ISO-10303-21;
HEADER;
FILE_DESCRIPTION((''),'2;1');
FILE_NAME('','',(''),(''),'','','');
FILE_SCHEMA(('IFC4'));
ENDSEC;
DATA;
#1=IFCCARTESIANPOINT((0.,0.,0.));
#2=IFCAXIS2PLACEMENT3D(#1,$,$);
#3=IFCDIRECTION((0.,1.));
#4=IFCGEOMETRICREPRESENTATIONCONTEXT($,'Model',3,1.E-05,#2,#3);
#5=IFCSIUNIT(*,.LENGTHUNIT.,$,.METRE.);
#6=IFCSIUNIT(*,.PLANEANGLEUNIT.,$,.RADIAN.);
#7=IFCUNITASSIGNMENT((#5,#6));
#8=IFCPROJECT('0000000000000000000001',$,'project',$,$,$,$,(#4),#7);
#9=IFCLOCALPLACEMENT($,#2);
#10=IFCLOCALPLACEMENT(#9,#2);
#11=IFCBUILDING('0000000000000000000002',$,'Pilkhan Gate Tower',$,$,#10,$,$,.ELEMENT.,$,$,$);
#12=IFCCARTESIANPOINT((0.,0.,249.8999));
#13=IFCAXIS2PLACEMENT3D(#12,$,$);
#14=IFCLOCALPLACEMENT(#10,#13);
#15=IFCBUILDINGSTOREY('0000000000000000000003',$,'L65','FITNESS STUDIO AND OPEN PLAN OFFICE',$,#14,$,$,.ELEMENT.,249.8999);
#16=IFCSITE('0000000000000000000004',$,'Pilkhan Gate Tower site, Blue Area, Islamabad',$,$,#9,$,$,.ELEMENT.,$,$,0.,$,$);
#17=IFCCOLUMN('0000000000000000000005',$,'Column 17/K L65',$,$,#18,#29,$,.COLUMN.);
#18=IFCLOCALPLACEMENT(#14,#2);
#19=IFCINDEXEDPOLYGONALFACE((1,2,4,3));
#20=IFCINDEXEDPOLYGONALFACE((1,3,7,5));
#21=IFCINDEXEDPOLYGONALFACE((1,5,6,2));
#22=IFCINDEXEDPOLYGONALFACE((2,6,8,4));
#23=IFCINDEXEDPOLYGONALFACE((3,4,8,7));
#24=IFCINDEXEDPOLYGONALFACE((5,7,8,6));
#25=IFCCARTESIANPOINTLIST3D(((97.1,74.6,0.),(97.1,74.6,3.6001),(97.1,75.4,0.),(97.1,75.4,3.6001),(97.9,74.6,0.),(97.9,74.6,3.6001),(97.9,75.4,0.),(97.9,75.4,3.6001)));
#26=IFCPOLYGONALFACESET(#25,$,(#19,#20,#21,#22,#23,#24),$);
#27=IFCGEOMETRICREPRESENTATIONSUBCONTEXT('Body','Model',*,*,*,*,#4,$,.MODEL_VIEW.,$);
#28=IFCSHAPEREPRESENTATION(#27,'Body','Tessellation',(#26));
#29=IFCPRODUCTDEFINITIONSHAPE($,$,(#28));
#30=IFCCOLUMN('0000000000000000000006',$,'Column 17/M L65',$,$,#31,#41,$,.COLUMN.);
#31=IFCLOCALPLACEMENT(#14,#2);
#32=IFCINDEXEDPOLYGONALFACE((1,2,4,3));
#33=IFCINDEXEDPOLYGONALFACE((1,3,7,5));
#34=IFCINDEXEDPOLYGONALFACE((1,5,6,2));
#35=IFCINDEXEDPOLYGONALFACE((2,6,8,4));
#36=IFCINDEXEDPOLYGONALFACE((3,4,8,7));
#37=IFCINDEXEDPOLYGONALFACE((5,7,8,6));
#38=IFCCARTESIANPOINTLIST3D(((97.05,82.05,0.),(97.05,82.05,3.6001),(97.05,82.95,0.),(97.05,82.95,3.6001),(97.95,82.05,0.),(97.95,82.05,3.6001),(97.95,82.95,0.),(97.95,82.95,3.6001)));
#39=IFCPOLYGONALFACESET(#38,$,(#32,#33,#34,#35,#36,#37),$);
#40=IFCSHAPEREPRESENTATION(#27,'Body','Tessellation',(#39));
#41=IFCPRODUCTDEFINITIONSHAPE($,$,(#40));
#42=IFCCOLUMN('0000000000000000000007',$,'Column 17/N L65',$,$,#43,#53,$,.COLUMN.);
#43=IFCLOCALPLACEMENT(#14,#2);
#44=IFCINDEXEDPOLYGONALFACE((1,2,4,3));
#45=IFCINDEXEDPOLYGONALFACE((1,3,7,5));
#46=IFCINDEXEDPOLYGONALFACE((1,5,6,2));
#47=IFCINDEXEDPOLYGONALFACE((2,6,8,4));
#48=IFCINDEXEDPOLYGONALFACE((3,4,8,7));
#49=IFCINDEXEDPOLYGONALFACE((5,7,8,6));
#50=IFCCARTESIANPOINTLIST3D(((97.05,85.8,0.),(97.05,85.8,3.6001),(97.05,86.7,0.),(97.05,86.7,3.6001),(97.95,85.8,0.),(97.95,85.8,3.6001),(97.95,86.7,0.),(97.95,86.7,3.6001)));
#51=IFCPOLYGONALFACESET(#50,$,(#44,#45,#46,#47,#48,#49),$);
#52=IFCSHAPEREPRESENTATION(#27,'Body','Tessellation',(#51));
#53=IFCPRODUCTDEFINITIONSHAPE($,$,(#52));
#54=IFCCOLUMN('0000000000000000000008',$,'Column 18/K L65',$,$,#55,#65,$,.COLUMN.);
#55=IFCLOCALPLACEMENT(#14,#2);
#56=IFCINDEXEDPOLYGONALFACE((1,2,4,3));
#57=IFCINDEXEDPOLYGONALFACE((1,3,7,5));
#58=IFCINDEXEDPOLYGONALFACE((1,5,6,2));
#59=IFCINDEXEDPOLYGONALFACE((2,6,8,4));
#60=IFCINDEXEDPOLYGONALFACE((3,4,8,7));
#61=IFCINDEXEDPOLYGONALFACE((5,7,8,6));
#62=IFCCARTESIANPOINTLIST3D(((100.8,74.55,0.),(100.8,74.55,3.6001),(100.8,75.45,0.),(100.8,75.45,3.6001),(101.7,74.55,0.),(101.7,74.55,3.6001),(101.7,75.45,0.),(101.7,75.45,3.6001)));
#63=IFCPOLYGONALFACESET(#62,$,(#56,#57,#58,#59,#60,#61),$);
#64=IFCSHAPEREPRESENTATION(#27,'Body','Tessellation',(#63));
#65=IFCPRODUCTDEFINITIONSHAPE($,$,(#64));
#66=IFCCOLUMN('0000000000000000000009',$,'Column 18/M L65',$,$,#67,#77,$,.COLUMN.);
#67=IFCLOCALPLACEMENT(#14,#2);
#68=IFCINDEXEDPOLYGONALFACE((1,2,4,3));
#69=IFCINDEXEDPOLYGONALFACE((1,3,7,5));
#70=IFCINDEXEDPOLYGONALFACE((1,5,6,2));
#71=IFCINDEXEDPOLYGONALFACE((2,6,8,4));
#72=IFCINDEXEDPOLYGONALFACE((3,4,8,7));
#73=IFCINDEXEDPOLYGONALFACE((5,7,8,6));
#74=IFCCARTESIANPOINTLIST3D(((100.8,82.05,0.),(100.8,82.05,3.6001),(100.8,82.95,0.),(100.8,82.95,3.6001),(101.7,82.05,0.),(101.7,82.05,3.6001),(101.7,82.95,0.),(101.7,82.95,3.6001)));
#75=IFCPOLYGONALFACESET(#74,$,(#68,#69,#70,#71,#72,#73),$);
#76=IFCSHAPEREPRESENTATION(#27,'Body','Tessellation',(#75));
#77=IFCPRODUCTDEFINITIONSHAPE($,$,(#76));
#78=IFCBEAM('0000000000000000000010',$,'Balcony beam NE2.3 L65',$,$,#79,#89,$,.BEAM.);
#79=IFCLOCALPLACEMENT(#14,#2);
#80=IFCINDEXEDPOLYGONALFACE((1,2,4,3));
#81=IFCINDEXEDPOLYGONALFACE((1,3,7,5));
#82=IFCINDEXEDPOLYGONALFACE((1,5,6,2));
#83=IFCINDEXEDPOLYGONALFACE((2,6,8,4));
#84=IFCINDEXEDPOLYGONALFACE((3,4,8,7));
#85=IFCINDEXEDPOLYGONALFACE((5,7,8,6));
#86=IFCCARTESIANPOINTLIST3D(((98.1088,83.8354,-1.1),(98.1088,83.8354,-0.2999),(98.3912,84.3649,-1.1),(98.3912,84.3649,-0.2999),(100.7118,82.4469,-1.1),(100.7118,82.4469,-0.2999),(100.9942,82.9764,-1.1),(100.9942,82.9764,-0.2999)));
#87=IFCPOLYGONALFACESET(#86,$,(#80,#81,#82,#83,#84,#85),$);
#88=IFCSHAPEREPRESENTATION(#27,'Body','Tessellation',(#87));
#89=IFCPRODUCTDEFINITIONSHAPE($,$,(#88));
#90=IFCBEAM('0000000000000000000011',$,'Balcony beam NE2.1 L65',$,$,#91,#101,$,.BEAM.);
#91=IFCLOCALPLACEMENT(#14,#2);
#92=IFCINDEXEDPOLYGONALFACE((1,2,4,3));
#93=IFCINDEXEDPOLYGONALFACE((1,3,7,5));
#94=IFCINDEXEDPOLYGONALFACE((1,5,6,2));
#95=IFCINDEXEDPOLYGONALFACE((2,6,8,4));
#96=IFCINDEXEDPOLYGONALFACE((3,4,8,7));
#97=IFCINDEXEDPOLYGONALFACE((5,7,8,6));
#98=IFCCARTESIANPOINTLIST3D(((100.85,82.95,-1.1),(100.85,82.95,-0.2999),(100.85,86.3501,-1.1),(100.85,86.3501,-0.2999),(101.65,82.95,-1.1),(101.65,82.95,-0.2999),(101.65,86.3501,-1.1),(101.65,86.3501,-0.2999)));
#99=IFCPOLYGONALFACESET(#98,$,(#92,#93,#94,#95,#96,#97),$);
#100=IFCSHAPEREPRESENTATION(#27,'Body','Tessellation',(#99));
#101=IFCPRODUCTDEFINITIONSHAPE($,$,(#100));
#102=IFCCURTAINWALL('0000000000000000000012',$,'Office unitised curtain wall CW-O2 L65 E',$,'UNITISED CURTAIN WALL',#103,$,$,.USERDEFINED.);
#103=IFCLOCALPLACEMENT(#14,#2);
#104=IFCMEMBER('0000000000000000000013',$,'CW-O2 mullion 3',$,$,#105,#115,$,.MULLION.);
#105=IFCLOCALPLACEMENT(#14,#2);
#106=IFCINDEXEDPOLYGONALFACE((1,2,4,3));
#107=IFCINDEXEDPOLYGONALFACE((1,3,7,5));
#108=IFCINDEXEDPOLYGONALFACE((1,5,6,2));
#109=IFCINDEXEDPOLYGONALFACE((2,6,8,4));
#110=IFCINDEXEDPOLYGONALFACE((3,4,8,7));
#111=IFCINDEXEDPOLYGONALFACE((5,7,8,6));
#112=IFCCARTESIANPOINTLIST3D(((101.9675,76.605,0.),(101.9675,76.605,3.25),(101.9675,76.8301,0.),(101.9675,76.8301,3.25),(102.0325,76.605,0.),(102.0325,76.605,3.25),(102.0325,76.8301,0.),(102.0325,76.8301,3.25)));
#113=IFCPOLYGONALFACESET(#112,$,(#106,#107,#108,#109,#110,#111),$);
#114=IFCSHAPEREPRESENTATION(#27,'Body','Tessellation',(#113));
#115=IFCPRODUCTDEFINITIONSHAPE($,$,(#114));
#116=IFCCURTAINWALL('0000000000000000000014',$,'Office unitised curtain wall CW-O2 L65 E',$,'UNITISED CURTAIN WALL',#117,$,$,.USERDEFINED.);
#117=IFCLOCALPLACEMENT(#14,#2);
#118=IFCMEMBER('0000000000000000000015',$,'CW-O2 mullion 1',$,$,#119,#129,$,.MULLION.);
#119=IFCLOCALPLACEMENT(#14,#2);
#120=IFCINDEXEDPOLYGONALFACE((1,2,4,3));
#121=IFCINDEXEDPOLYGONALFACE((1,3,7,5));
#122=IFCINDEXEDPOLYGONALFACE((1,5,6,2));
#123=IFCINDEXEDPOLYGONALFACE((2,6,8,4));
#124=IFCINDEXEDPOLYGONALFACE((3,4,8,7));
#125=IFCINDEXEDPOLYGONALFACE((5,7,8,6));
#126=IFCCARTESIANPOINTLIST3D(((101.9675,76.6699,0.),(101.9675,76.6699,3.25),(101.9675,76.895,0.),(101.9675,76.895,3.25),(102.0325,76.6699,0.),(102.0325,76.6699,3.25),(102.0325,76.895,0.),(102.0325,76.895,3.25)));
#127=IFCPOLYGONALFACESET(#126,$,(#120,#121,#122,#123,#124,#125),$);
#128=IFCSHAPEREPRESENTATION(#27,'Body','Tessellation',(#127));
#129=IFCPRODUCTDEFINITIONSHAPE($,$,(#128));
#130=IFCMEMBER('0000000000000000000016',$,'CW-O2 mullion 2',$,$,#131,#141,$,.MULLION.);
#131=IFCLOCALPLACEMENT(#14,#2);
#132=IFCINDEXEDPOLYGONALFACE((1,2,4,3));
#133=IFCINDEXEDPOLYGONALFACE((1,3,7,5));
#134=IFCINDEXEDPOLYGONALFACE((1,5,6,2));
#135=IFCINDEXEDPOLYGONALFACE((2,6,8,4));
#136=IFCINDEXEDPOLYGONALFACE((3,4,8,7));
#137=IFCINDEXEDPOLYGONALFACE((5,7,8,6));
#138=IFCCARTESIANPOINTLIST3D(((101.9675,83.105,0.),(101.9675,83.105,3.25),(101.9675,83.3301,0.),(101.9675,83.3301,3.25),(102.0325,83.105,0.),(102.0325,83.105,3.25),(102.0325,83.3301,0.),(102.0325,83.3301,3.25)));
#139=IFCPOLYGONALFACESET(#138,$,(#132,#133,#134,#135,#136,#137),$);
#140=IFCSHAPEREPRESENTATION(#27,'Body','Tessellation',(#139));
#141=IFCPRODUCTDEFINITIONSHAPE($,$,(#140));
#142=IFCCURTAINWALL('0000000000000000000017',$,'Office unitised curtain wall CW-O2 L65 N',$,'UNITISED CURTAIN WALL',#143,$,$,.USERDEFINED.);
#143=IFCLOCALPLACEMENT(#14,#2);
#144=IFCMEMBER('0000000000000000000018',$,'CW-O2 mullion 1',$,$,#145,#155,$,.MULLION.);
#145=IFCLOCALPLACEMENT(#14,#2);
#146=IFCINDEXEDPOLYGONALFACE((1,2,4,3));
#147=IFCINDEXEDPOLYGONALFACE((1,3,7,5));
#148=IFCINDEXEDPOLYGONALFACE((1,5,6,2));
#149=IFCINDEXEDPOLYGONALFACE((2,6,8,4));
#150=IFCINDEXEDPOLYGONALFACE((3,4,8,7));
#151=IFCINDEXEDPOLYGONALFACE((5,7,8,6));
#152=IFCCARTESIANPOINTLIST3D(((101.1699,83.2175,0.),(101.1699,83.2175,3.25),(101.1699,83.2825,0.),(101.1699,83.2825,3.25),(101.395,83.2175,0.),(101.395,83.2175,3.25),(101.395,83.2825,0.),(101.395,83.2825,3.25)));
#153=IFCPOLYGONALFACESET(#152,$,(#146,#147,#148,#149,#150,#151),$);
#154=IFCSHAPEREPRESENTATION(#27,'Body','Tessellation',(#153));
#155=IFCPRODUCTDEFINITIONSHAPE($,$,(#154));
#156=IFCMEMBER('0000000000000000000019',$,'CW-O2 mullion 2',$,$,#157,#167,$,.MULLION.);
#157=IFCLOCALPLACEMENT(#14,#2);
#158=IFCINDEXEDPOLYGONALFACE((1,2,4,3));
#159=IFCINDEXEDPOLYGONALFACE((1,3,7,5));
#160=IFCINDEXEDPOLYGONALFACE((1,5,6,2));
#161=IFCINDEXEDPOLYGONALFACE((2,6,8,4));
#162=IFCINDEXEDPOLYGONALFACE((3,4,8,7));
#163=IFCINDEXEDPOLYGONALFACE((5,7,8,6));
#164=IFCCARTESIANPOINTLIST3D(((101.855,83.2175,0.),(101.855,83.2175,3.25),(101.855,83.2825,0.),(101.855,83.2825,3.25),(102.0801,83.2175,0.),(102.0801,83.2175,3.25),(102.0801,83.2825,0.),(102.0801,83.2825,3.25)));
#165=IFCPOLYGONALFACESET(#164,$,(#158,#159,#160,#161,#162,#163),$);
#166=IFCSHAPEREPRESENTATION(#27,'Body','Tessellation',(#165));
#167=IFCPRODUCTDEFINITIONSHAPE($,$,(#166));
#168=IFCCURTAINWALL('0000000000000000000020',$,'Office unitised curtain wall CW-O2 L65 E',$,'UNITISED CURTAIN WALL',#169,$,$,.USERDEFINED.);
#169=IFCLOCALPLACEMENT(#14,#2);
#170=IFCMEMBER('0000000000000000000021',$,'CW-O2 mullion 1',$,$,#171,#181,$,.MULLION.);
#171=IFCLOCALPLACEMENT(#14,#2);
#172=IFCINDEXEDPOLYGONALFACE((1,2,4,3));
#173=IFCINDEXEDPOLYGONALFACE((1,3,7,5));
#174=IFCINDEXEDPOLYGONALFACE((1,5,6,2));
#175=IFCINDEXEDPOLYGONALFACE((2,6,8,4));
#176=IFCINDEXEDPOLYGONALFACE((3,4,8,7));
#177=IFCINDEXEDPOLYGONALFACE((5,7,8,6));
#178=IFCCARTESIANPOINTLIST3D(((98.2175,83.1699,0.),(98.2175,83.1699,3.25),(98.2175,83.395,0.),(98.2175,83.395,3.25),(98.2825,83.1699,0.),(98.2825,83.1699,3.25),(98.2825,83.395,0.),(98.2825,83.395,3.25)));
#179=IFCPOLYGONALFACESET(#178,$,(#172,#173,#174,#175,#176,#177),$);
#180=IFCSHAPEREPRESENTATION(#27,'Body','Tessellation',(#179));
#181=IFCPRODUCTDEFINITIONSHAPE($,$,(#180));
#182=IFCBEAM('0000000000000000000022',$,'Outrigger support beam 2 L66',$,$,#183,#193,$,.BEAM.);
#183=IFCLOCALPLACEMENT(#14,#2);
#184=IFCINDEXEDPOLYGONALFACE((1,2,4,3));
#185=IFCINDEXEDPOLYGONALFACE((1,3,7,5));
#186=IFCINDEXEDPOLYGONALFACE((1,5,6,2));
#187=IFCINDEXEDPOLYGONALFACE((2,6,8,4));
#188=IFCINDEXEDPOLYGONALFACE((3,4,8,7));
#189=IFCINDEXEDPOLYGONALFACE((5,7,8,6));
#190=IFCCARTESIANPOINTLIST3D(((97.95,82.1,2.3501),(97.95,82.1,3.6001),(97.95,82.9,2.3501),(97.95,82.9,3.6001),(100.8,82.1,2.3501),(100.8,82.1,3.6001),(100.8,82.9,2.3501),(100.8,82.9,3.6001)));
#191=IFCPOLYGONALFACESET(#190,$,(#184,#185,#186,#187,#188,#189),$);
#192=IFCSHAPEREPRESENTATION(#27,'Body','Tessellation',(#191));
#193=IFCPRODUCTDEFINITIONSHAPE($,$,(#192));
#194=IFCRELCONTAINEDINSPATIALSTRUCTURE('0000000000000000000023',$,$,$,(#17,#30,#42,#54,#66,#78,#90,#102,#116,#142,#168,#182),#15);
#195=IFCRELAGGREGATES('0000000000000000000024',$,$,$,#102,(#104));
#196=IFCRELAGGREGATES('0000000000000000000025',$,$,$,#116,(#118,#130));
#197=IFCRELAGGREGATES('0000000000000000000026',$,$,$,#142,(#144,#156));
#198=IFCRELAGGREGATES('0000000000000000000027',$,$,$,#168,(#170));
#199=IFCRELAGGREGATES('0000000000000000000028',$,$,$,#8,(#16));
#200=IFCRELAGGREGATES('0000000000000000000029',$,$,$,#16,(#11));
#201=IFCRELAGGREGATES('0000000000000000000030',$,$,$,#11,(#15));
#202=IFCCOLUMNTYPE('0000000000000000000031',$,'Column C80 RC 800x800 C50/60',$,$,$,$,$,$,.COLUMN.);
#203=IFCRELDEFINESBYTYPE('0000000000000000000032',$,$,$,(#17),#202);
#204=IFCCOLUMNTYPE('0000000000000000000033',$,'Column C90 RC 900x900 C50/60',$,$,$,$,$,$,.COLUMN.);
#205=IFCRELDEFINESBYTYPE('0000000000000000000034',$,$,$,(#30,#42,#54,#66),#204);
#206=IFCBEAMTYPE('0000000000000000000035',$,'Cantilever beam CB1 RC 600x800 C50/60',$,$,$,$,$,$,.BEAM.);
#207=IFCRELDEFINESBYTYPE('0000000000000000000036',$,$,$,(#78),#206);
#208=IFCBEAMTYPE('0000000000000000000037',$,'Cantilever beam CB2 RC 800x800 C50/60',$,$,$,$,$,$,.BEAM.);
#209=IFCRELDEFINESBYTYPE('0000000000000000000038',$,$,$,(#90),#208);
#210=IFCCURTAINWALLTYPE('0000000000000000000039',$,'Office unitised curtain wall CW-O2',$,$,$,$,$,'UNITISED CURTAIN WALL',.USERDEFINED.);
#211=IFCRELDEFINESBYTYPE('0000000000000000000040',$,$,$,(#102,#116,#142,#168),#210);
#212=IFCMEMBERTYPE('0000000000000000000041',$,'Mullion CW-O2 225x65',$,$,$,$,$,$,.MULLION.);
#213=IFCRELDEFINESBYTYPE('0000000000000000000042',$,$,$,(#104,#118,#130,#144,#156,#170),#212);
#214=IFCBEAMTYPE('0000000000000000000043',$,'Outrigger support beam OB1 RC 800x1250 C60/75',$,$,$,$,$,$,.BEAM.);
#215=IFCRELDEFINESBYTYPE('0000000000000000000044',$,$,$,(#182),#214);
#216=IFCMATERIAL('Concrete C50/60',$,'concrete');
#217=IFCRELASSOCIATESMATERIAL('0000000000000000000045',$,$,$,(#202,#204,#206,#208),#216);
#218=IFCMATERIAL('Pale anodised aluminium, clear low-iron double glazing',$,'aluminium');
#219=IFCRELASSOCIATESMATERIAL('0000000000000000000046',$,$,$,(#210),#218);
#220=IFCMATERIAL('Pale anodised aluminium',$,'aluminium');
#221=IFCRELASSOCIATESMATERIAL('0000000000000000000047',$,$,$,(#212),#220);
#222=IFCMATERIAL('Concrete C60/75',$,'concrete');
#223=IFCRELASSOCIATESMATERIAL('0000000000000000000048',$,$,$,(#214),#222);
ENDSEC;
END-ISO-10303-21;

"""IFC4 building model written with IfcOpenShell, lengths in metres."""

from ifc_helpers import new_model, si_unit, direction, frame, origin, origin_2d, place, context, subcontext, project, spatial, rectangle, extrude, material, material_profile, profile_set, type_object, element, aggregate, save


model = new_model("IFC4")

# Units and contexts
model_context = context("Model", 3, precision=1e-05, world=origin(), true_north=direction((0.0, 1.0)))
body_context = subcontext(model_context, "Body", "Model", "MODEL_VIEW")
ifc_project = project(units=[si_unit("LENGTHUNIT", "METRE"), si_unit("PLANEANGLEUNIT", "RADIAN")], contexts=[model_context])

# Site, building, storey
site_placement = place(None, origin())
site = spatial("IfcSite", under=ifc_project, at=site_placement, Name="Pilkhan Gate Tower site, Blue Area, Islamabad", CompositionType="ELEMENT", RefElevation=0.0)
building_placement = place(site_placement, origin())
building = spatial("IfcBuilding", under=site, at=building_placement, Name="Pilkhan Gate Tower", CompositionType="ELEMENT")
storey_placement = place(building_placement, frame((0.0, 0.0, 249.8999)))
storey = spatial("IfcBuildingStorey", under=building, at=storey_placement, Name="L65", Description="FITNESS STUDIO AND OPEN PLAN OFFICE", CompositionType="ELEMENT", Elevation=249.8999)

# Columns
ifc_material_1 = material(Name="Concrete C50/60", Category="concrete")
ifc_material_profile_1 = material_profile(ifc_material_1, rectangle(XDim=0.8, YDim=0.8, at=origin_2d()), Name="RC 800x800")
ifc_profile_set_1 = profile_set([ifc_material_profile_1], Name="Concrete C50/60")
column_type_1 = type_object("IfcColumnType", Name="Column C80 RC 800x800 C50/60", PredefinedType="COLUMN", material=ifc_profile_set_1)
column_placement = place(storey_placement, frame((97.5, 75.0, 0.0), z_axis=(0.0, 0.0, 1.0), x_axis=(1.0, 0.0, 0.0)))
element("IfcColumn", 1, at=column_placement, inside=storey, type_object=column_type_1, Name="Column 17/K L65", PredefinedType="COLUMN", context=body_context, shape_type="SweptSolid", body=[
    extrude(rectangle(XDim=0.8, YDim=0.8, at=origin_2d()), origin(), (0.0, 0.0, 1.0), 3.6001),
])
ifc_material_profile_2 = material_profile(ifc_material_1, rectangle(XDim=0.8999, YDim=0.8999, at=origin_2d()), Name="RC 900x900")
ifc_profile_set_2 = profile_set([ifc_material_profile_2], Name="Concrete C50/60")
column_type_2 = type_object("IfcColumnType", Name="Column C90 RC 900x900 C50/60", PredefinedType="COLUMN", material=ifc_profile_set_2)
for number, where, z_axis, x_axis, name in (
    (2, (97.5, 82.5, 0.0), (0.0, 0.0, 1.0), (1.0, 0.0, 0.0), "Column 17/M L65"),
    (3, (97.5, 86.25, 0.0), (0.0, 0.0, 1.0), (1.0, 0.0, 0.0), "Column 17/N L65"),
    (4, (101.25, 75.0, 0.0), (0.0, 0.0, 1.0), (1.0, 0.0, 0.0), "Column 18/K L65"),
    (5, (101.25, 82.5, 0.0), (0.0, 0.0, 1.0), (1.0, 0.0, 0.0), "Column 18/M L65"),
):
    element("IfcColumn", number, at=place(storey_placement, frame(where, z_axis=z_axis, x_axis=x_axis)), inside=storey, type_object=column_type_2, Name=name, PredefinedType="COLUMN", context=body_context, shape_type="SweptSolid", body=[
        extrude(rectangle(XDim=0.8999, YDim=0.8999, at=origin_2d()), origin(), (0.0, 0.0, 1.0), 3.6001),
    ])

# Beams
ifc_material_profile_3 = material_profile(ifc_material_1, rectangle(XDim=0.6001, YDim=0.8, at=origin_2d()), Name="RC 600x800")
ifc_profile_set_3 = profile_set([ifc_material_profile_3], Name="Concrete C50/60")
beam_type_1 = type_object("IfcBeamType", Name="Cantilever beam CB1 RC 600x800 C50/60", PredefinedType="BEAM", material=ifc_profile_set_3)
beam_1_placement = place(storey_placement, frame((100.853, 82.7117, -0.7), z_axis=(-0.882332, 0.470627, 0.0), x_axis=(-0.470627, -0.882332, 0.0)))
element("IfcBeam", 6, at=beam_1_placement, inside=storey, type_object=beam_type_1, Name="Balcony beam NE2.3 L65", PredefinedType="BEAM", context=body_context, shape_type="SweptSolid", body=[
    extrude(rectangle(XDim=0.6001, YDim=0.8, at=origin_2d()), origin(), (0.0, 0.0, 1.0), 2.9502),
])
ifc_material_profile_4 = material_profile(ifc_material_1, rectangle(XDim=0.8, YDim=0.8, at=origin_2d()), Name="RC 800x800")
ifc_profile_set_4 = profile_set([ifc_material_profile_4], Name="Concrete C50/60")
beam_type_2 = type_object("IfcBeamType", Name="Cantilever beam CB2 RC 800x800 C50/60", PredefinedType="BEAM", material=ifc_profile_set_4)
beam_2_placement = place(storey_placement, frame((101.25, 82.95, -0.7), z_axis=(0.0, 1.0, 0.0), x_axis=(-1.0, 0.0, 0.0)))
element("IfcBeam", 7, at=beam_2_placement, inside=storey, type_object=beam_type_2, Name="Balcony beam NE2.1 L65", PredefinedType="BEAM", context=body_context, shape_type="SweptSolid", body=[
    extrude(rectangle(XDim=0.8, YDim=0.8, at=origin_2d()), origin(), (0.0, 0.0, 1.0), 3.4001),
])

# Curtain wall, member
ifc_material_2 = material(Name="Pale anodised aluminium, clear low-iron double glazing", Category="aluminium")
curtain_wall_type = type_object("IfcCurtainWallType", Name="Office unitised curtain wall CW-O2", ElementType="UNITISED CURTAIN WALL", PredefinedType="USERDEFINED", material=ifc_material_2)
curtain_wall_1_placement = place(storey_placement, origin())
curtain_wall_1 = element("IfcCurtainWall", 8, at=curtain_wall_1_placement, inside=storey, type_object=curtain_wall_type, Name="Office unitised curtain wall CW-O2 L65 E", ObjectType="UNITISED CURTAIN WALL", PredefinedType="USERDEFINED")
ifc_material_3 = material(Name="Pale anodised aluminium", Category="aluminium")
ifc_material_profile_5 = material_profile(ifc_material_3, rectangle(XDim=0.0649, YDim=0.2251, at=origin_2d()), Name="Mullion 225x65")
ifc_profile_set_5 = profile_set([ifc_material_profile_5], Name="Pale anodised aluminium")
member_type_1 = type_object("IfcMemberType", Name="Mullion CW-O2 225x65", PredefinedType="MULLION", material=ifc_profile_set_5)
member_1_placement = place(storey_placement, frame((102.0, 76.7175, 0.0), z_axis=(0.0, 0.0, 1.0), x_axis=(-1.0, 0.0, 0.0)))
member_1 = element("IfcMember", 9, at=member_1_placement, type_object=member_type_1, Name="CW-O2 mullion 3", PredefinedType="MULLION", context=body_context, shape_type="SweptSolid", body=[
    extrude(rectangle(XDim=0.0649, YDim=0.2251, at=origin_2d()), origin(), (0.0, 0.0, 1.0), 3.25),
])
aggregate(curtain_wall_1, [member_1])

# Curtain walls, members
curtain_wall_2_placement = place(storey_placement, origin())
curtain_wall_2 = element("IfcCurtainWall", 10, at=curtain_wall_2_placement, inside=storey, type_object=curtain_wall_type, Name="Office unitised curtain wall CW-O2 L65 E", ObjectType="UNITISED CURTAIN WALL", PredefinedType="USERDEFINED")
member_2_placement = place(storey_placement, frame((102.0, 76.7825, 0.0), z_axis=(0.0, 0.0, 1.0), x_axis=(-1.0, 0.0, 0.0)))
member_2 = element("IfcMember", 11, at=member_2_placement, type_object=member_type_1, Name="CW-O2 mullion 1", PredefinedType="MULLION", context=body_context, shape_type="SweptSolid", body=[
    extrude(rectangle(XDim=0.0649, YDim=0.2251, at=origin_2d()), origin(), (0.0, 0.0, 1.0), 3.25),
])
member_3_placement = place(storey_placement, frame((102.0, 83.2175, 0.0), z_axis=(0.0, 0.0, 1.0), x_axis=(-1.0, 0.0, 0.0)))
member_3 = element("IfcMember", 12, at=member_3_placement, type_object=member_type_1, Name="CW-O2 mullion 2", PredefinedType="MULLION", context=body_context, shape_type="SweptSolid", body=[
    extrude(rectangle(XDim=0.0649, YDim=0.2251, at=origin_2d()), origin(), (0.0, 0.0, 1.0), 3.25),
])
curtain_wall_3_placement = place(storey_placement, origin())
curtain_wall_3 = element("IfcCurtainWall", 13, at=curtain_wall_3_placement, inside=storey, type_object=curtain_wall_type, Name="Office unitised curtain wall CW-O2 L65 N", ObjectType="UNITISED CURTAIN WALL", PredefinedType="USERDEFINED")
member_4_placement = place(storey_placement, frame((101.2825, 83.25, 0.0), z_axis=(0.0, 0.0, 1.0), x_axis=(0.0, 1.0, 0.0)))
member_4 = element("IfcMember", 14, at=member_4_placement, type_object=member_type_1, Name="CW-O2 mullion 1", PredefinedType="MULLION", context=body_context, shape_type="SweptSolid", body=[
    extrude(rectangle(XDim=0.0649, YDim=0.2251, at=origin_2d()), origin(), (0.0, 0.0, 1.0), 3.25),
])
member_5_placement = place(storey_placement, frame((101.9675, 83.25, 0.0), z_axis=(0.0, 0.0, 1.0), x_axis=(0.0, 1.0, 0.0)))
member_5 = element("IfcMember", 15, at=member_5_placement, type_object=member_type_1, Name="CW-O2 mullion 2", PredefinedType="MULLION", context=body_context, shape_type="SweptSolid", body=[
    extrude(rectangle(XDim=0.0649, YDim=0.2251, at=origin_2d()), origin(), (0.0, 0.0, 1.0), 3.25),
])

# Curtain wall, member
curtain_wall_4_placement = place(storey_placement, origin())
curtain_wall_4 = element("IfcCurtainWall", 16, at=curtain_wall_4_placement, inside=storey, type_object=curtain_wall_type, Name="Office unitised curtain wall CW-O2 L65 E", ObjectType="UNITISED CURTAIN WALL", PredefinedType="USERDEFINED")
member_6_placement = place(storey_placement, frame((98.25, 83.2825, 0.0), z_axis=(0.0, 0.0, 1.0), x_axis=(-1.0, 0.0, 0.0)))
member_6 = element("IfcMember", 17, at=member_6_placement, type_object=member_type_1, Name="CW-O2 mullion 1", PredefinedType="MULLION", context=body_context, shape_type="SweptSolid", body=[
    extrude(rectangle(XDim=0.0649, YDim=0.2251, at=origin_2d()), origin(), (0.0, 0.0, 1.0), 3.25),
])

# Beam
ifc_material_4 = material(Name="Concrete C60/75", Category="concrete")
ifc_material_profile_6 = material_profile(ifc_material_4, rectangle(XDim=0.8, YDim=1.25, at=origin_2d()), Name="RC 800x1250")
ifc_profile_set_6 = profile_set([ifc_material_profile_6], Name="Concrete C60/75")
beam_type_3 = type_object("IfcBeamType", Name="Outrigger support beam OB1 RC 800x1250 C60/75", PredefinedType="BEAM", material=ifc_profile_set_6)
beam_3_placement = place(storey_placement, frame((97.95, 82.5, 2.9751), z_axis=(1.0, 0.0, 0.0), x_axis=(0.0, 1.0, 0.0)))
element("IfcBeam", 18, at=beam_3_placement, inside=storey, type_object=beam_type_3, Name="Outrigger support beam 2 L66", PredefinedType="BEAM", context=body_context, shape_type="SweptSolid", body=[
    extrude(rectangle(XDim=0.8, YDim=1.25, at=origin_2d()), origin(), (0.0, 0.0, 1.0), 2.8501),
])

aggregate(curtain_wall_2, [member_2, member_3])
aggregate(curtain_wall_3, [member_4, member_5])
aggregate(curtain_wall_4, [member_6])

save(model, "model.ifc")
